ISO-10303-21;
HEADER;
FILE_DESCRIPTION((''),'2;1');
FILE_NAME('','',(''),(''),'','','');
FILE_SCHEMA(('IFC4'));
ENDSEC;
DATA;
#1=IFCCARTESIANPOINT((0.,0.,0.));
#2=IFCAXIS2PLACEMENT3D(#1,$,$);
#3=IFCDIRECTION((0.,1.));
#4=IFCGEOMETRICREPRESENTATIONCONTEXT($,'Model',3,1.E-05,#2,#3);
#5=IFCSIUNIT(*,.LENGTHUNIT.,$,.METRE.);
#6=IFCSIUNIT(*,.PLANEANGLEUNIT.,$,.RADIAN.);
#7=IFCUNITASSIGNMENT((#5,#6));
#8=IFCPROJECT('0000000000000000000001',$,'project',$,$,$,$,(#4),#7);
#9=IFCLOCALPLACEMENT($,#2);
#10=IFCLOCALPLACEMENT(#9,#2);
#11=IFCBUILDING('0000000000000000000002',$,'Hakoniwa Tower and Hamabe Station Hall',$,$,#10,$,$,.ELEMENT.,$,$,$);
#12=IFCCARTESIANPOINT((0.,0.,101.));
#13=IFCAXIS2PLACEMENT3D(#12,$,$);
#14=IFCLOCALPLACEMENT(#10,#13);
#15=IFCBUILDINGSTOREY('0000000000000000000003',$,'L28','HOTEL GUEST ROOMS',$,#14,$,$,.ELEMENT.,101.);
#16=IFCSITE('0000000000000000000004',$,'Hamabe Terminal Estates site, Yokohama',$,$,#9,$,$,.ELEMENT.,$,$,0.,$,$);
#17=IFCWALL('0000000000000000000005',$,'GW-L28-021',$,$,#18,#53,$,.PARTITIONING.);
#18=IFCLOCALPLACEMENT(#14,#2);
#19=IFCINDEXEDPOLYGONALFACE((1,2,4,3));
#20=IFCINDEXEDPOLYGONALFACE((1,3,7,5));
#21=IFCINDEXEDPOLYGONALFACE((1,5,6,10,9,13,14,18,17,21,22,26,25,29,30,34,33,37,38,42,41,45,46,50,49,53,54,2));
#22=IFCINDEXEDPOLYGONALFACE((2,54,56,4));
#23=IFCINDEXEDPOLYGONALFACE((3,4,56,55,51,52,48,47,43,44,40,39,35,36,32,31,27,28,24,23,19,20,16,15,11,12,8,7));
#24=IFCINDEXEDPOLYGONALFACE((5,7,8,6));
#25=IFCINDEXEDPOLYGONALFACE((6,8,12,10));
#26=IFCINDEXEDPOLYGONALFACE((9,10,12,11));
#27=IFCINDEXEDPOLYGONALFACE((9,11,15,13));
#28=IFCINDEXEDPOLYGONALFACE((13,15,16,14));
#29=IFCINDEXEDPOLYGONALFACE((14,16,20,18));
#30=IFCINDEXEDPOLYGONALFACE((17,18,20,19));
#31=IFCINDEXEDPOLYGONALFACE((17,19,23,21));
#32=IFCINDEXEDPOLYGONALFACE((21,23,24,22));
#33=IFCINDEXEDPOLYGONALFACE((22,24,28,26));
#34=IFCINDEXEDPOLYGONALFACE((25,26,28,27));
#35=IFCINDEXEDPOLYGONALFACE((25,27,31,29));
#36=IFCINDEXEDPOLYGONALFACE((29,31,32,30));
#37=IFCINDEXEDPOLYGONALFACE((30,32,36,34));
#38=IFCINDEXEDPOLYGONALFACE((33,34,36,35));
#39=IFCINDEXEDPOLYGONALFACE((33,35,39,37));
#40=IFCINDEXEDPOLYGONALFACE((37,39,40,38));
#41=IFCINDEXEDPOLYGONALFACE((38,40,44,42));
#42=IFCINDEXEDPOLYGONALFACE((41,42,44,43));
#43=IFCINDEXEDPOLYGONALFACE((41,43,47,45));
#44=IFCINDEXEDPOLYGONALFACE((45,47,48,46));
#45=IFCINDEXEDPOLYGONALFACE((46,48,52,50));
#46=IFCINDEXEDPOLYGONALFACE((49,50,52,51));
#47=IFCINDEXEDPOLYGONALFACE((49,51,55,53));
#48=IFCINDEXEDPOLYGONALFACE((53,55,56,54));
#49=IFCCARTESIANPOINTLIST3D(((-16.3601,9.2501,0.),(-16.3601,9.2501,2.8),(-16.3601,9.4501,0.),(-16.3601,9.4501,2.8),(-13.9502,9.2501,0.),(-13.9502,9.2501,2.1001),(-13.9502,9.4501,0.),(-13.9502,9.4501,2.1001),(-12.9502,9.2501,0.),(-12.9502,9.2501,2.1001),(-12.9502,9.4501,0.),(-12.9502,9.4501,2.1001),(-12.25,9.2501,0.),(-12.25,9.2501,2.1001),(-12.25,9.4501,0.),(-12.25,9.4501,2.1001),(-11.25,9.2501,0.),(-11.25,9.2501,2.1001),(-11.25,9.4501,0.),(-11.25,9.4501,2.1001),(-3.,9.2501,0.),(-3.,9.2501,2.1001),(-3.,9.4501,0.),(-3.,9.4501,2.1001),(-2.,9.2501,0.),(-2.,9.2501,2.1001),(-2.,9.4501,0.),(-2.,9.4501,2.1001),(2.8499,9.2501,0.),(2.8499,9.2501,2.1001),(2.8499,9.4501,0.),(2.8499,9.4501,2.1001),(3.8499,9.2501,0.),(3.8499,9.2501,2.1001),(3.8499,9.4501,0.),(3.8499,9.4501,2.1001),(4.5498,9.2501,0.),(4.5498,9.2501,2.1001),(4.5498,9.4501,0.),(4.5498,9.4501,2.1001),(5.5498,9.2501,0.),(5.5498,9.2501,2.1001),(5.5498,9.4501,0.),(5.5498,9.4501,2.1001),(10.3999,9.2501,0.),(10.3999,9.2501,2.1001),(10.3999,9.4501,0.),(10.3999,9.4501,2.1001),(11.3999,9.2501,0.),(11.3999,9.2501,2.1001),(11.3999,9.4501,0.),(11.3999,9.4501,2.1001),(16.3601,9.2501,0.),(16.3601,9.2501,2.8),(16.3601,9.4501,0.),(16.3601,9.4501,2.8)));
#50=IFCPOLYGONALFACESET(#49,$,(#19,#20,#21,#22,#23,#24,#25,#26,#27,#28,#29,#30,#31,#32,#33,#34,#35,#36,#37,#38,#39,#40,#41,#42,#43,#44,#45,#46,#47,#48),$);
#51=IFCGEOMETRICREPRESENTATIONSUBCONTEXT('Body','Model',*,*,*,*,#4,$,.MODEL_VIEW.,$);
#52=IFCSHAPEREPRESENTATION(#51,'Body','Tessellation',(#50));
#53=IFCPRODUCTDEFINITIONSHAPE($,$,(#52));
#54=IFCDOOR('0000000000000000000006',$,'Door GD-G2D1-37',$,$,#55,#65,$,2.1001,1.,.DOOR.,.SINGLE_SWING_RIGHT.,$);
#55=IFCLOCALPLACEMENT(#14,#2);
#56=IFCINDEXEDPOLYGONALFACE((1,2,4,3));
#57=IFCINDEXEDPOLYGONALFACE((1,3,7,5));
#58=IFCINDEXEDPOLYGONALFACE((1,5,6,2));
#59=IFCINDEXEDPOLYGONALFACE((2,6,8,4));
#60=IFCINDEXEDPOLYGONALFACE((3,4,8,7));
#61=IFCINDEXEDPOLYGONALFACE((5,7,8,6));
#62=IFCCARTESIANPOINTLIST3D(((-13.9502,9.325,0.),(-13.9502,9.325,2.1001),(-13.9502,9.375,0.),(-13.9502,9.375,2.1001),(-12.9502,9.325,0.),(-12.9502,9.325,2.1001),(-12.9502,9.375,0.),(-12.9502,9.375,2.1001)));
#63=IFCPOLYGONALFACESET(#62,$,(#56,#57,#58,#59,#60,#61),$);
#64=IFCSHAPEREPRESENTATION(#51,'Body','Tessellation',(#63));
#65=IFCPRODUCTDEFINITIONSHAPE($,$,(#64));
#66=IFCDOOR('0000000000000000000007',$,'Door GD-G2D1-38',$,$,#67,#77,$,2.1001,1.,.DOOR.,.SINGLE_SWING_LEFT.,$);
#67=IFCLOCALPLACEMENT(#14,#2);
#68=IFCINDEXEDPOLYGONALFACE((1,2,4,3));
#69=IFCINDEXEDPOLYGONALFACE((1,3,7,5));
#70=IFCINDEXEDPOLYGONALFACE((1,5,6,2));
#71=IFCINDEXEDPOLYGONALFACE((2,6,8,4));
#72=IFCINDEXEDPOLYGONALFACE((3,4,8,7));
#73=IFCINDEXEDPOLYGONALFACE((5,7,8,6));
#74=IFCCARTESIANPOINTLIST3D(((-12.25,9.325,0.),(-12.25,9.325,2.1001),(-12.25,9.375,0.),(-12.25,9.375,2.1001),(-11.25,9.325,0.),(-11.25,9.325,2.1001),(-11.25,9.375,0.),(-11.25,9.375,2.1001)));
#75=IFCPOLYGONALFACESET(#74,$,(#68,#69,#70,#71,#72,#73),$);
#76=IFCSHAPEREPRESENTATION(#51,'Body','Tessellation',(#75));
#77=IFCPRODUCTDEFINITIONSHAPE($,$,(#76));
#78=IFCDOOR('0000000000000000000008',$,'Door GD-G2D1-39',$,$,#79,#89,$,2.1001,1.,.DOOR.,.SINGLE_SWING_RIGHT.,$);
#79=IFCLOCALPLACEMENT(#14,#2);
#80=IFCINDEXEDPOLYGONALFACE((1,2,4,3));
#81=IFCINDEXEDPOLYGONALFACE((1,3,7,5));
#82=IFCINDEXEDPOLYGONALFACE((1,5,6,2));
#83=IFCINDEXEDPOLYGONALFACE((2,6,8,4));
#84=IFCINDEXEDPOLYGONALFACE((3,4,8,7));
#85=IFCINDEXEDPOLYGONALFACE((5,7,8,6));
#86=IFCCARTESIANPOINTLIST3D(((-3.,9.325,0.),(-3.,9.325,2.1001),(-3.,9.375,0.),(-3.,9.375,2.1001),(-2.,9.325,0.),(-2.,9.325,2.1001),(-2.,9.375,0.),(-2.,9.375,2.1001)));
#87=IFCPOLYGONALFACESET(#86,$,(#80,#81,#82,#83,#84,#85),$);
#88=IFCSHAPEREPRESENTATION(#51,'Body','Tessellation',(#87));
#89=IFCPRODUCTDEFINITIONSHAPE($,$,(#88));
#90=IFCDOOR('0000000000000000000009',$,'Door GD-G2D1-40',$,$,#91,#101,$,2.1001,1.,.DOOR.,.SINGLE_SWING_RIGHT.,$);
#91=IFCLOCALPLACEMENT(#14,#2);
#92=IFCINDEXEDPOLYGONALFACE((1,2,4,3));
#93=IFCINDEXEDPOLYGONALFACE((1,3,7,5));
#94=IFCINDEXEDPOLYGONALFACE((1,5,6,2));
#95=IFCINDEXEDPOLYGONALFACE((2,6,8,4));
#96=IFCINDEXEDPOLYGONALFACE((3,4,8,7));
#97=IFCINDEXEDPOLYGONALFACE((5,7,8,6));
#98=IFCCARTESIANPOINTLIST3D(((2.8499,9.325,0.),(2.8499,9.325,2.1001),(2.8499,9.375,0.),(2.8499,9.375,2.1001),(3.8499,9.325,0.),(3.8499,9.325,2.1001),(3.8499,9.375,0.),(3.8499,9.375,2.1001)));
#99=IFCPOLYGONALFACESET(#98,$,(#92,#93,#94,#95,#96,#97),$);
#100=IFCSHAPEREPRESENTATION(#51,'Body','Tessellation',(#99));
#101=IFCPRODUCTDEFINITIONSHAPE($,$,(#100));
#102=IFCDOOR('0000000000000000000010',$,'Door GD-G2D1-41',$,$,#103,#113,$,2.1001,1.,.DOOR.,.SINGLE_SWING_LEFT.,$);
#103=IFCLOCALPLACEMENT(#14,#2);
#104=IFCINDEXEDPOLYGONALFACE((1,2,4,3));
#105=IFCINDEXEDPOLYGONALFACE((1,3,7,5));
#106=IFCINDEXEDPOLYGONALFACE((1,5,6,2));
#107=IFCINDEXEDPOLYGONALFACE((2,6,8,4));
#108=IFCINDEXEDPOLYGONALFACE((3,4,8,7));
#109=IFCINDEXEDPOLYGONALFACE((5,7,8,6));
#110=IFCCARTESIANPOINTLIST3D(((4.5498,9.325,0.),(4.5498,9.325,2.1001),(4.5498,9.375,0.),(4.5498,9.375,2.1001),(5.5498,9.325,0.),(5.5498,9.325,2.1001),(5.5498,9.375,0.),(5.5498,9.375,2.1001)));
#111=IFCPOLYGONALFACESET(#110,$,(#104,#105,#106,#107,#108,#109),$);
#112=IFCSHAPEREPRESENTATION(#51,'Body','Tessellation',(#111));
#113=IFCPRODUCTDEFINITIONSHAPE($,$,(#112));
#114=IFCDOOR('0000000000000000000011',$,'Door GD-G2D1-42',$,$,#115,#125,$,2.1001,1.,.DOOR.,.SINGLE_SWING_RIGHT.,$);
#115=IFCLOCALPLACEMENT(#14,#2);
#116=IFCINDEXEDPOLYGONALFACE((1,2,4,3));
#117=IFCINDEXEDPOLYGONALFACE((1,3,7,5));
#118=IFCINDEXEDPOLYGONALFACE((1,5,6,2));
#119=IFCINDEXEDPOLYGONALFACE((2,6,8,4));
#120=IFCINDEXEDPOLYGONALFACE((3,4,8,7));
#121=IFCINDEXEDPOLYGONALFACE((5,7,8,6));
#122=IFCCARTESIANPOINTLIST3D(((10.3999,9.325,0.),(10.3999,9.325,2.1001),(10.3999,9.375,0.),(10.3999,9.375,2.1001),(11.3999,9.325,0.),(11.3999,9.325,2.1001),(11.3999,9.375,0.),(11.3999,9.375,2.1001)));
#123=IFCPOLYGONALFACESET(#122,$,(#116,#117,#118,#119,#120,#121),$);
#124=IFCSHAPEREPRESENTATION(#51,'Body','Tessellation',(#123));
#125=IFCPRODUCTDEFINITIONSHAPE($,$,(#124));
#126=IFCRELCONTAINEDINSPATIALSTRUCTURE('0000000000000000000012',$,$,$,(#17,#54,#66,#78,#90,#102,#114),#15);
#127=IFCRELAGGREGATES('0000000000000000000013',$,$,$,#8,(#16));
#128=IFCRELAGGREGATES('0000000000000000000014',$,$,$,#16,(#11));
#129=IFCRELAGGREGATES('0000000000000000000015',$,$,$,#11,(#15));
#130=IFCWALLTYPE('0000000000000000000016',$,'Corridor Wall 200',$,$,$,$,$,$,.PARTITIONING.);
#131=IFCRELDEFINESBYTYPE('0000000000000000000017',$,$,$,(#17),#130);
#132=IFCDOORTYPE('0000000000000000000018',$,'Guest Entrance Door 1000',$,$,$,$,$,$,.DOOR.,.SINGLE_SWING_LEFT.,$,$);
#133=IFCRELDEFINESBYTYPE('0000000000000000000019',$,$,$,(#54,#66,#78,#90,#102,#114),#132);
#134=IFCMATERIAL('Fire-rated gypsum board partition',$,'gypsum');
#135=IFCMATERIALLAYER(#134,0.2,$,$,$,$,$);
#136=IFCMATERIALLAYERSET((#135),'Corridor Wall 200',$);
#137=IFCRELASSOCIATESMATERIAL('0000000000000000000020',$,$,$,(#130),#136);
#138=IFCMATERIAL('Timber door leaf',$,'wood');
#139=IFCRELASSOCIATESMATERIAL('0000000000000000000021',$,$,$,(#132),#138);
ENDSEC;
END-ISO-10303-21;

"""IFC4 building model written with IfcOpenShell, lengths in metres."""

from ifc_helpers import new_model, si_unit, direction, frame, frame_2d, origin, place, context, subcontext, project, spatial, rectangle, extrude, material, layer, layer_set, type_object, element, fill, save


model = new_model("IFC4")

# Units and contexts
model_context = context("Model", 3, precision=1e-05, world=origin(), true_north=direction((0.0, 1.0)))
body_context = subcontext(model_context, "Body", "Model", "MODEL_VIEW")
ifc_project = project(units=[si_unit("LENGTHUNIT", "METRE"), si_unit("PLANEANGLEUNIT", "RADIAN")], contexts=[model_context])

# Site, building, storey
site_placement = place(None, origin())
site = spatial("IfcSite", under=ifc_project, at=site_placement, Name="Hamabe Terminal Estates site, Yokohama", CompositionType="ELEMENT", RefElevation=0.0)
building_placement = place(site_placement, origin())
building = spatial("IfcBuilding", under=site, at=building_placement, Name="Hakoniwa Tower and Hamabe Station Hall", CompositionType="ELEMENT")
storey_placement = place(building_placement, frame((0.0, 0.0, 101.0)))
storey = spatial("IfcBuildingStorey", under=building, at=storey_placement, Name="L28", Description="HOTEL GUEST ROOMS", CompositionType="ELEMENT", Elevation=101.0)

# Wall, openings, doors
ifc_material_1 = material(Name="Fire-rated gypsum board partition", Category="gypsum")
ifc_layer_1 = layer(ifc_material_1, 0.2)
ifc_layer_set_1 = layer_set([ifc_layer_1], Name="Corridor Wall 200")
wall_type_1 = type_object("IfcWallType", Name="Corridor Wall 200", PredefinedType="PARTITIONING", material=ifc_layer_set_1)
wall_1_placement = place(storey_placement, frame((-16.3601, 9.3501, 0.0), z_axis=(0.0, 0.0, 1.0), x_axis=(1.0, 0.0, 0.0)))
wall_1 = element("IfcWall", 1, at=wall_1_placement, inside=storey, type_object=wall_type_1, Name="GW-L28-021", PredefinedType="PARTITIONING", context=body_context, shape_type="SweptSolid", body=[
    extrude(rectangle(XDim=32.7202, YDim=0.2, at=frame_2d((16.3601, 0.0))), origin(), (0.0, 0.0, 1.0), 2.8),
])
opening_1_placement = place(wall_1_placement, frame((2.4099, 0.0, 0.0)))
opening_1 = element("IfcOpeningElement", 2, at=opening_1_placement, cuts=wall_1, PredefinedType="OPENING", context=body_context, shape_type="SweptSolid", body=[
    extrude(rectangle(XDim=1.0, YDim=2.1001, at=frame_2d((0.5, 1.05))), frame((0.0, 0.1099, 0.0), z_axis=(0.0, -1.0, 0.0), x_axis=(1.0, 0.0, 0.0)), (0.0, 0.0, 1.0), 0.22),
])
opening_2_placement = place(wall_1_placement, frame((4.1101, 0.0, 0.0)))
opening_2 = element("IfcOpeningElement", 3, at=opening_2_placement, cuts=wall_1, PredefinedType="OPENING", context=body_context, shape_type="SweptSolid", body=[
    extrude(rectangle(XDim=1.0, YDim=2.1001, at=frame_2d((0.5, 1.05))), frame((0.0, 0.1099, 0.0), z_axis=(0.0, -1.0, 0.0), x_axis=(1.0, 0.0, 0.0)), (0.0, 0.0, 1.0), 0.22),
])
opening_3_placement = place(wall_1_placement, frame((13.3601, 0.0, 0.0)))
opening_3 = element("IfcOpeningElement", 4, at=opening_3_placement, cuts=wall_1, PredefinedType="OPENING", context=body_context, shape_type="SweptSolid", body=[
    extrude(rectangle(XDim=1.0, YDim=2.1001, at=frame_2d((0.5, 1.05))), frame((0.0, 0.1099, 0.0), z_axis=(0.0, -1.0, 0.0), x_axis=(1.0, 0.0, 0.0)), (0.0, 0.0, 1.0), 0.22),
])
opening_4_placement = place(wall_1_placement, frame((19.21, 0.0, 0.0)))
opening_4 = element("IfcOpeningElement", 5, at=opening_4_placement, cuts=wall_1, PredefinedType="OPENING", context=body_context, shape_type="SweptSolid", body=[
    extrude(rectangle(XDim=1.0, YDim=2.1001, at=frame_2d((0.5, 1.05))), frame((0.0, 0.1099, 0.0), z_axis=(0.0, -1.0, 0.0), x_axis=(1.0, 0.0, 0.0)), (0.0, 0.0, 1.0), 0.22),
])
opening_5_placement = place(wall_1_placement, frame((20.9099, 0.0, 0.0)))
opening_5 = element("IfcOpeningElement", 6, at=opening_5_placement, cuts=wall_1, PredefinedType="OPENING", context=body_context, shape_type="SweptSolid", body=[
    extrude(rectangle(XDim=1.0, YDim=2.1001, at=frame_2d((0.5, 1.05))), frame((0.0, 0.1099, 0.0), z_axis=(0.0, -1.0, 0.0), x_axis=(1.0, 0.0, 0.0)), (0.0, 0.0, 1.0), 0.22),
])
opening_6_placement = place(wall_1_placement, frame((26.76, 0.0, 0.0)))
opening_6 = element("IfcOpeningElement", 7, at=opening_6_placement, cuts=wall_1, PredefinedType="OPENING", context=body_context, shape_type="SweptSolid", body=[
    extrude(rectangle(XDim=1.0, YDim=2.1001, at=frame_2d((0.5, 1.05))), frame((0.0, 0.1099, 0.0), z_axis=(0.0, -1.0, 0.0), x_axis=(1.0, 0.0, 0.0)), (0.0, 0.0, 1.0), 0.22),
])
ifc_material_2 = material(Name="Timber door leaf", Category="wood")
door_type_1 = type_object("IfcDoorType", Name="Guest Entrance Door 1000", OperationType="SINGLE_SWING_LEFT", PredefinedType="DOOR", material=ifc_material_2)
door_1_placement = place(opening_1_placement, origin())
door_1 = element("IfcDoor", 8, at=door_1_placement, inside=storey, type_object=door_type_1, Name="Door GD-G2D1-37", OperationType="SINGLE_SWING_RIGHT", OverallHeight=2.1001, OverallWidth=1.0, PredefinedType="DOOR", context=body_context, shape_type="SweptSolid", body=[
    extrude(rectangle(XDim=1.0, YDim=2.1001, at=frame_2d((0.5, 1.05))), frame((0.0, 0.0249, 0.0), z_axis=(0.0, -1.0, 0.0), x_axis=(1.0, 0.0, 0.0)), (0.0, 0.0, 1.0), 0.05),
])
fill(opening_1, door_1)
door_2_placement = place(opening_2_placement, origin())
door_2 = element("IfcDoor", 9, at=door_2_placement, inside=storey, type_object=door_type_1, Name="Door GD-G2D1-38", OperationType="SINGLE_SWING_LEFT", OverallHeight=2.1001, OverallWidth=1.0, PredefinedType="DOOR", context=body_context, shape_type="SweptSolid", body=[
    extrude(rectangle(XDim=1.0, YDim=2.1001, at=frame_2d((0.5, 1.05))), frame((0.0, 0.0249, 0.0), z_axis=(0.0, -1.0, 0.0), x_axis=(1.0, 0.0, 0.0)), (0.0, 0.0, 1.0), 0.05),
])
fill(opening_2, door_2)
door_3_placement = place(opening_3_placement, origin())
door_3 = element("IfcDoor", 10, at=door_3_placement, inside=storey, type_object=door_type_1, Name="Door GD-G2D1-39", OperationType="SINGLE_SWING_RIGHT", OverallHeight=2.1001, OverallWidth=1.0, PredefinedType="DOOR", context=body_context, shape_type="SweptSolid", body=[
    extrude(rectangle(XDim=1.0, YDim=2.1001, at=frame_2d((0.5, 1.05))), frame((0.0, 0.0249, 0.0), z_axis=(0.0, -1.0, 0.0), x_axis=(1.0, 0.0, 0.0)), (0.0, 0.0, 1.0), 0.05),
])
fill(opening_3, door_3)
door_4_placement = place(opening_4_placement, origin())
door_4 = element("IfcDoor", 11, at=door_4_placement, inside=storey, type_object=door_type_1, Name="Door GD-G2D1-40", OperationType="SINGLE_SWING_RIGHT", OverallHeight=2.1001, OverallWidth=1.0, PredefinedType="DOOR", context=body_context, shape_type="SweptSolid", body=[
    extrude(rectangle(XDim=1.0, YDim=2.1001, at=frame_2d((0.5, 1.05))), frame((0.0, 0.0249, 0.0), z_axis=(0.0, -1.0, 0.0), x_axis=(1.0, 0.0, 0.0)), (0.0, 0.0, 1.0), 0.05),
])
fill(opening_4, door_4)
door_5_placement = place(opening_5_placement, origin())
door_5 = element("IfcDoor", 12, at=door_5_placement, inside=storey, type_object=door_type_1, Name="Door GD-G2D1-41", OperationType="SINGLE_SWING_LEFT", OverallHeight=2.1001, OverallWidth=1.0, PredefinedType="DOOR", context=body_context, shape_type="SweptSolid", body=[
    extrude(rectangle(XDim=1.0, YDim=2.1001, at=frame_2d((0.5, 1.05))), frame((0.0, 0.0249, 0.0), z_axis=(0.0, -1.0, 0.0), x_axis=(1.0, 0.0, 0.0)), (0.0, 0.0, 1.0), 0.05),
])
fill(opening_5, door_5)
door_6_placement = place(opening_6_placement, origin())
door_6 = element("IfcDoor", 13, at=door_6_placement, inside=storey, type_object=door_type_1, Name="Door GD-G2D1-42", OperationType="SINGLE_SWING_RIGHT", OverallHeight=2.1001, OverallWidth=1.0, PredefinedType="DOOR", context=body_context, shape_type="SweptSolid", body=[
    extrude(rectangle(XDim=1.0, YDim=2.1001, at=frame_2d((0.5, 1.05))), frame((0.0, 0.0249, 0.0), z_axis=(0.0, -1.0, 0.0), x_axis=(1.0, 0.0, 0.0)), (0.0, 0.0, 1.0), 0.05),
])
fill(opening_6, door_6)

save(model, "model.ifc")
